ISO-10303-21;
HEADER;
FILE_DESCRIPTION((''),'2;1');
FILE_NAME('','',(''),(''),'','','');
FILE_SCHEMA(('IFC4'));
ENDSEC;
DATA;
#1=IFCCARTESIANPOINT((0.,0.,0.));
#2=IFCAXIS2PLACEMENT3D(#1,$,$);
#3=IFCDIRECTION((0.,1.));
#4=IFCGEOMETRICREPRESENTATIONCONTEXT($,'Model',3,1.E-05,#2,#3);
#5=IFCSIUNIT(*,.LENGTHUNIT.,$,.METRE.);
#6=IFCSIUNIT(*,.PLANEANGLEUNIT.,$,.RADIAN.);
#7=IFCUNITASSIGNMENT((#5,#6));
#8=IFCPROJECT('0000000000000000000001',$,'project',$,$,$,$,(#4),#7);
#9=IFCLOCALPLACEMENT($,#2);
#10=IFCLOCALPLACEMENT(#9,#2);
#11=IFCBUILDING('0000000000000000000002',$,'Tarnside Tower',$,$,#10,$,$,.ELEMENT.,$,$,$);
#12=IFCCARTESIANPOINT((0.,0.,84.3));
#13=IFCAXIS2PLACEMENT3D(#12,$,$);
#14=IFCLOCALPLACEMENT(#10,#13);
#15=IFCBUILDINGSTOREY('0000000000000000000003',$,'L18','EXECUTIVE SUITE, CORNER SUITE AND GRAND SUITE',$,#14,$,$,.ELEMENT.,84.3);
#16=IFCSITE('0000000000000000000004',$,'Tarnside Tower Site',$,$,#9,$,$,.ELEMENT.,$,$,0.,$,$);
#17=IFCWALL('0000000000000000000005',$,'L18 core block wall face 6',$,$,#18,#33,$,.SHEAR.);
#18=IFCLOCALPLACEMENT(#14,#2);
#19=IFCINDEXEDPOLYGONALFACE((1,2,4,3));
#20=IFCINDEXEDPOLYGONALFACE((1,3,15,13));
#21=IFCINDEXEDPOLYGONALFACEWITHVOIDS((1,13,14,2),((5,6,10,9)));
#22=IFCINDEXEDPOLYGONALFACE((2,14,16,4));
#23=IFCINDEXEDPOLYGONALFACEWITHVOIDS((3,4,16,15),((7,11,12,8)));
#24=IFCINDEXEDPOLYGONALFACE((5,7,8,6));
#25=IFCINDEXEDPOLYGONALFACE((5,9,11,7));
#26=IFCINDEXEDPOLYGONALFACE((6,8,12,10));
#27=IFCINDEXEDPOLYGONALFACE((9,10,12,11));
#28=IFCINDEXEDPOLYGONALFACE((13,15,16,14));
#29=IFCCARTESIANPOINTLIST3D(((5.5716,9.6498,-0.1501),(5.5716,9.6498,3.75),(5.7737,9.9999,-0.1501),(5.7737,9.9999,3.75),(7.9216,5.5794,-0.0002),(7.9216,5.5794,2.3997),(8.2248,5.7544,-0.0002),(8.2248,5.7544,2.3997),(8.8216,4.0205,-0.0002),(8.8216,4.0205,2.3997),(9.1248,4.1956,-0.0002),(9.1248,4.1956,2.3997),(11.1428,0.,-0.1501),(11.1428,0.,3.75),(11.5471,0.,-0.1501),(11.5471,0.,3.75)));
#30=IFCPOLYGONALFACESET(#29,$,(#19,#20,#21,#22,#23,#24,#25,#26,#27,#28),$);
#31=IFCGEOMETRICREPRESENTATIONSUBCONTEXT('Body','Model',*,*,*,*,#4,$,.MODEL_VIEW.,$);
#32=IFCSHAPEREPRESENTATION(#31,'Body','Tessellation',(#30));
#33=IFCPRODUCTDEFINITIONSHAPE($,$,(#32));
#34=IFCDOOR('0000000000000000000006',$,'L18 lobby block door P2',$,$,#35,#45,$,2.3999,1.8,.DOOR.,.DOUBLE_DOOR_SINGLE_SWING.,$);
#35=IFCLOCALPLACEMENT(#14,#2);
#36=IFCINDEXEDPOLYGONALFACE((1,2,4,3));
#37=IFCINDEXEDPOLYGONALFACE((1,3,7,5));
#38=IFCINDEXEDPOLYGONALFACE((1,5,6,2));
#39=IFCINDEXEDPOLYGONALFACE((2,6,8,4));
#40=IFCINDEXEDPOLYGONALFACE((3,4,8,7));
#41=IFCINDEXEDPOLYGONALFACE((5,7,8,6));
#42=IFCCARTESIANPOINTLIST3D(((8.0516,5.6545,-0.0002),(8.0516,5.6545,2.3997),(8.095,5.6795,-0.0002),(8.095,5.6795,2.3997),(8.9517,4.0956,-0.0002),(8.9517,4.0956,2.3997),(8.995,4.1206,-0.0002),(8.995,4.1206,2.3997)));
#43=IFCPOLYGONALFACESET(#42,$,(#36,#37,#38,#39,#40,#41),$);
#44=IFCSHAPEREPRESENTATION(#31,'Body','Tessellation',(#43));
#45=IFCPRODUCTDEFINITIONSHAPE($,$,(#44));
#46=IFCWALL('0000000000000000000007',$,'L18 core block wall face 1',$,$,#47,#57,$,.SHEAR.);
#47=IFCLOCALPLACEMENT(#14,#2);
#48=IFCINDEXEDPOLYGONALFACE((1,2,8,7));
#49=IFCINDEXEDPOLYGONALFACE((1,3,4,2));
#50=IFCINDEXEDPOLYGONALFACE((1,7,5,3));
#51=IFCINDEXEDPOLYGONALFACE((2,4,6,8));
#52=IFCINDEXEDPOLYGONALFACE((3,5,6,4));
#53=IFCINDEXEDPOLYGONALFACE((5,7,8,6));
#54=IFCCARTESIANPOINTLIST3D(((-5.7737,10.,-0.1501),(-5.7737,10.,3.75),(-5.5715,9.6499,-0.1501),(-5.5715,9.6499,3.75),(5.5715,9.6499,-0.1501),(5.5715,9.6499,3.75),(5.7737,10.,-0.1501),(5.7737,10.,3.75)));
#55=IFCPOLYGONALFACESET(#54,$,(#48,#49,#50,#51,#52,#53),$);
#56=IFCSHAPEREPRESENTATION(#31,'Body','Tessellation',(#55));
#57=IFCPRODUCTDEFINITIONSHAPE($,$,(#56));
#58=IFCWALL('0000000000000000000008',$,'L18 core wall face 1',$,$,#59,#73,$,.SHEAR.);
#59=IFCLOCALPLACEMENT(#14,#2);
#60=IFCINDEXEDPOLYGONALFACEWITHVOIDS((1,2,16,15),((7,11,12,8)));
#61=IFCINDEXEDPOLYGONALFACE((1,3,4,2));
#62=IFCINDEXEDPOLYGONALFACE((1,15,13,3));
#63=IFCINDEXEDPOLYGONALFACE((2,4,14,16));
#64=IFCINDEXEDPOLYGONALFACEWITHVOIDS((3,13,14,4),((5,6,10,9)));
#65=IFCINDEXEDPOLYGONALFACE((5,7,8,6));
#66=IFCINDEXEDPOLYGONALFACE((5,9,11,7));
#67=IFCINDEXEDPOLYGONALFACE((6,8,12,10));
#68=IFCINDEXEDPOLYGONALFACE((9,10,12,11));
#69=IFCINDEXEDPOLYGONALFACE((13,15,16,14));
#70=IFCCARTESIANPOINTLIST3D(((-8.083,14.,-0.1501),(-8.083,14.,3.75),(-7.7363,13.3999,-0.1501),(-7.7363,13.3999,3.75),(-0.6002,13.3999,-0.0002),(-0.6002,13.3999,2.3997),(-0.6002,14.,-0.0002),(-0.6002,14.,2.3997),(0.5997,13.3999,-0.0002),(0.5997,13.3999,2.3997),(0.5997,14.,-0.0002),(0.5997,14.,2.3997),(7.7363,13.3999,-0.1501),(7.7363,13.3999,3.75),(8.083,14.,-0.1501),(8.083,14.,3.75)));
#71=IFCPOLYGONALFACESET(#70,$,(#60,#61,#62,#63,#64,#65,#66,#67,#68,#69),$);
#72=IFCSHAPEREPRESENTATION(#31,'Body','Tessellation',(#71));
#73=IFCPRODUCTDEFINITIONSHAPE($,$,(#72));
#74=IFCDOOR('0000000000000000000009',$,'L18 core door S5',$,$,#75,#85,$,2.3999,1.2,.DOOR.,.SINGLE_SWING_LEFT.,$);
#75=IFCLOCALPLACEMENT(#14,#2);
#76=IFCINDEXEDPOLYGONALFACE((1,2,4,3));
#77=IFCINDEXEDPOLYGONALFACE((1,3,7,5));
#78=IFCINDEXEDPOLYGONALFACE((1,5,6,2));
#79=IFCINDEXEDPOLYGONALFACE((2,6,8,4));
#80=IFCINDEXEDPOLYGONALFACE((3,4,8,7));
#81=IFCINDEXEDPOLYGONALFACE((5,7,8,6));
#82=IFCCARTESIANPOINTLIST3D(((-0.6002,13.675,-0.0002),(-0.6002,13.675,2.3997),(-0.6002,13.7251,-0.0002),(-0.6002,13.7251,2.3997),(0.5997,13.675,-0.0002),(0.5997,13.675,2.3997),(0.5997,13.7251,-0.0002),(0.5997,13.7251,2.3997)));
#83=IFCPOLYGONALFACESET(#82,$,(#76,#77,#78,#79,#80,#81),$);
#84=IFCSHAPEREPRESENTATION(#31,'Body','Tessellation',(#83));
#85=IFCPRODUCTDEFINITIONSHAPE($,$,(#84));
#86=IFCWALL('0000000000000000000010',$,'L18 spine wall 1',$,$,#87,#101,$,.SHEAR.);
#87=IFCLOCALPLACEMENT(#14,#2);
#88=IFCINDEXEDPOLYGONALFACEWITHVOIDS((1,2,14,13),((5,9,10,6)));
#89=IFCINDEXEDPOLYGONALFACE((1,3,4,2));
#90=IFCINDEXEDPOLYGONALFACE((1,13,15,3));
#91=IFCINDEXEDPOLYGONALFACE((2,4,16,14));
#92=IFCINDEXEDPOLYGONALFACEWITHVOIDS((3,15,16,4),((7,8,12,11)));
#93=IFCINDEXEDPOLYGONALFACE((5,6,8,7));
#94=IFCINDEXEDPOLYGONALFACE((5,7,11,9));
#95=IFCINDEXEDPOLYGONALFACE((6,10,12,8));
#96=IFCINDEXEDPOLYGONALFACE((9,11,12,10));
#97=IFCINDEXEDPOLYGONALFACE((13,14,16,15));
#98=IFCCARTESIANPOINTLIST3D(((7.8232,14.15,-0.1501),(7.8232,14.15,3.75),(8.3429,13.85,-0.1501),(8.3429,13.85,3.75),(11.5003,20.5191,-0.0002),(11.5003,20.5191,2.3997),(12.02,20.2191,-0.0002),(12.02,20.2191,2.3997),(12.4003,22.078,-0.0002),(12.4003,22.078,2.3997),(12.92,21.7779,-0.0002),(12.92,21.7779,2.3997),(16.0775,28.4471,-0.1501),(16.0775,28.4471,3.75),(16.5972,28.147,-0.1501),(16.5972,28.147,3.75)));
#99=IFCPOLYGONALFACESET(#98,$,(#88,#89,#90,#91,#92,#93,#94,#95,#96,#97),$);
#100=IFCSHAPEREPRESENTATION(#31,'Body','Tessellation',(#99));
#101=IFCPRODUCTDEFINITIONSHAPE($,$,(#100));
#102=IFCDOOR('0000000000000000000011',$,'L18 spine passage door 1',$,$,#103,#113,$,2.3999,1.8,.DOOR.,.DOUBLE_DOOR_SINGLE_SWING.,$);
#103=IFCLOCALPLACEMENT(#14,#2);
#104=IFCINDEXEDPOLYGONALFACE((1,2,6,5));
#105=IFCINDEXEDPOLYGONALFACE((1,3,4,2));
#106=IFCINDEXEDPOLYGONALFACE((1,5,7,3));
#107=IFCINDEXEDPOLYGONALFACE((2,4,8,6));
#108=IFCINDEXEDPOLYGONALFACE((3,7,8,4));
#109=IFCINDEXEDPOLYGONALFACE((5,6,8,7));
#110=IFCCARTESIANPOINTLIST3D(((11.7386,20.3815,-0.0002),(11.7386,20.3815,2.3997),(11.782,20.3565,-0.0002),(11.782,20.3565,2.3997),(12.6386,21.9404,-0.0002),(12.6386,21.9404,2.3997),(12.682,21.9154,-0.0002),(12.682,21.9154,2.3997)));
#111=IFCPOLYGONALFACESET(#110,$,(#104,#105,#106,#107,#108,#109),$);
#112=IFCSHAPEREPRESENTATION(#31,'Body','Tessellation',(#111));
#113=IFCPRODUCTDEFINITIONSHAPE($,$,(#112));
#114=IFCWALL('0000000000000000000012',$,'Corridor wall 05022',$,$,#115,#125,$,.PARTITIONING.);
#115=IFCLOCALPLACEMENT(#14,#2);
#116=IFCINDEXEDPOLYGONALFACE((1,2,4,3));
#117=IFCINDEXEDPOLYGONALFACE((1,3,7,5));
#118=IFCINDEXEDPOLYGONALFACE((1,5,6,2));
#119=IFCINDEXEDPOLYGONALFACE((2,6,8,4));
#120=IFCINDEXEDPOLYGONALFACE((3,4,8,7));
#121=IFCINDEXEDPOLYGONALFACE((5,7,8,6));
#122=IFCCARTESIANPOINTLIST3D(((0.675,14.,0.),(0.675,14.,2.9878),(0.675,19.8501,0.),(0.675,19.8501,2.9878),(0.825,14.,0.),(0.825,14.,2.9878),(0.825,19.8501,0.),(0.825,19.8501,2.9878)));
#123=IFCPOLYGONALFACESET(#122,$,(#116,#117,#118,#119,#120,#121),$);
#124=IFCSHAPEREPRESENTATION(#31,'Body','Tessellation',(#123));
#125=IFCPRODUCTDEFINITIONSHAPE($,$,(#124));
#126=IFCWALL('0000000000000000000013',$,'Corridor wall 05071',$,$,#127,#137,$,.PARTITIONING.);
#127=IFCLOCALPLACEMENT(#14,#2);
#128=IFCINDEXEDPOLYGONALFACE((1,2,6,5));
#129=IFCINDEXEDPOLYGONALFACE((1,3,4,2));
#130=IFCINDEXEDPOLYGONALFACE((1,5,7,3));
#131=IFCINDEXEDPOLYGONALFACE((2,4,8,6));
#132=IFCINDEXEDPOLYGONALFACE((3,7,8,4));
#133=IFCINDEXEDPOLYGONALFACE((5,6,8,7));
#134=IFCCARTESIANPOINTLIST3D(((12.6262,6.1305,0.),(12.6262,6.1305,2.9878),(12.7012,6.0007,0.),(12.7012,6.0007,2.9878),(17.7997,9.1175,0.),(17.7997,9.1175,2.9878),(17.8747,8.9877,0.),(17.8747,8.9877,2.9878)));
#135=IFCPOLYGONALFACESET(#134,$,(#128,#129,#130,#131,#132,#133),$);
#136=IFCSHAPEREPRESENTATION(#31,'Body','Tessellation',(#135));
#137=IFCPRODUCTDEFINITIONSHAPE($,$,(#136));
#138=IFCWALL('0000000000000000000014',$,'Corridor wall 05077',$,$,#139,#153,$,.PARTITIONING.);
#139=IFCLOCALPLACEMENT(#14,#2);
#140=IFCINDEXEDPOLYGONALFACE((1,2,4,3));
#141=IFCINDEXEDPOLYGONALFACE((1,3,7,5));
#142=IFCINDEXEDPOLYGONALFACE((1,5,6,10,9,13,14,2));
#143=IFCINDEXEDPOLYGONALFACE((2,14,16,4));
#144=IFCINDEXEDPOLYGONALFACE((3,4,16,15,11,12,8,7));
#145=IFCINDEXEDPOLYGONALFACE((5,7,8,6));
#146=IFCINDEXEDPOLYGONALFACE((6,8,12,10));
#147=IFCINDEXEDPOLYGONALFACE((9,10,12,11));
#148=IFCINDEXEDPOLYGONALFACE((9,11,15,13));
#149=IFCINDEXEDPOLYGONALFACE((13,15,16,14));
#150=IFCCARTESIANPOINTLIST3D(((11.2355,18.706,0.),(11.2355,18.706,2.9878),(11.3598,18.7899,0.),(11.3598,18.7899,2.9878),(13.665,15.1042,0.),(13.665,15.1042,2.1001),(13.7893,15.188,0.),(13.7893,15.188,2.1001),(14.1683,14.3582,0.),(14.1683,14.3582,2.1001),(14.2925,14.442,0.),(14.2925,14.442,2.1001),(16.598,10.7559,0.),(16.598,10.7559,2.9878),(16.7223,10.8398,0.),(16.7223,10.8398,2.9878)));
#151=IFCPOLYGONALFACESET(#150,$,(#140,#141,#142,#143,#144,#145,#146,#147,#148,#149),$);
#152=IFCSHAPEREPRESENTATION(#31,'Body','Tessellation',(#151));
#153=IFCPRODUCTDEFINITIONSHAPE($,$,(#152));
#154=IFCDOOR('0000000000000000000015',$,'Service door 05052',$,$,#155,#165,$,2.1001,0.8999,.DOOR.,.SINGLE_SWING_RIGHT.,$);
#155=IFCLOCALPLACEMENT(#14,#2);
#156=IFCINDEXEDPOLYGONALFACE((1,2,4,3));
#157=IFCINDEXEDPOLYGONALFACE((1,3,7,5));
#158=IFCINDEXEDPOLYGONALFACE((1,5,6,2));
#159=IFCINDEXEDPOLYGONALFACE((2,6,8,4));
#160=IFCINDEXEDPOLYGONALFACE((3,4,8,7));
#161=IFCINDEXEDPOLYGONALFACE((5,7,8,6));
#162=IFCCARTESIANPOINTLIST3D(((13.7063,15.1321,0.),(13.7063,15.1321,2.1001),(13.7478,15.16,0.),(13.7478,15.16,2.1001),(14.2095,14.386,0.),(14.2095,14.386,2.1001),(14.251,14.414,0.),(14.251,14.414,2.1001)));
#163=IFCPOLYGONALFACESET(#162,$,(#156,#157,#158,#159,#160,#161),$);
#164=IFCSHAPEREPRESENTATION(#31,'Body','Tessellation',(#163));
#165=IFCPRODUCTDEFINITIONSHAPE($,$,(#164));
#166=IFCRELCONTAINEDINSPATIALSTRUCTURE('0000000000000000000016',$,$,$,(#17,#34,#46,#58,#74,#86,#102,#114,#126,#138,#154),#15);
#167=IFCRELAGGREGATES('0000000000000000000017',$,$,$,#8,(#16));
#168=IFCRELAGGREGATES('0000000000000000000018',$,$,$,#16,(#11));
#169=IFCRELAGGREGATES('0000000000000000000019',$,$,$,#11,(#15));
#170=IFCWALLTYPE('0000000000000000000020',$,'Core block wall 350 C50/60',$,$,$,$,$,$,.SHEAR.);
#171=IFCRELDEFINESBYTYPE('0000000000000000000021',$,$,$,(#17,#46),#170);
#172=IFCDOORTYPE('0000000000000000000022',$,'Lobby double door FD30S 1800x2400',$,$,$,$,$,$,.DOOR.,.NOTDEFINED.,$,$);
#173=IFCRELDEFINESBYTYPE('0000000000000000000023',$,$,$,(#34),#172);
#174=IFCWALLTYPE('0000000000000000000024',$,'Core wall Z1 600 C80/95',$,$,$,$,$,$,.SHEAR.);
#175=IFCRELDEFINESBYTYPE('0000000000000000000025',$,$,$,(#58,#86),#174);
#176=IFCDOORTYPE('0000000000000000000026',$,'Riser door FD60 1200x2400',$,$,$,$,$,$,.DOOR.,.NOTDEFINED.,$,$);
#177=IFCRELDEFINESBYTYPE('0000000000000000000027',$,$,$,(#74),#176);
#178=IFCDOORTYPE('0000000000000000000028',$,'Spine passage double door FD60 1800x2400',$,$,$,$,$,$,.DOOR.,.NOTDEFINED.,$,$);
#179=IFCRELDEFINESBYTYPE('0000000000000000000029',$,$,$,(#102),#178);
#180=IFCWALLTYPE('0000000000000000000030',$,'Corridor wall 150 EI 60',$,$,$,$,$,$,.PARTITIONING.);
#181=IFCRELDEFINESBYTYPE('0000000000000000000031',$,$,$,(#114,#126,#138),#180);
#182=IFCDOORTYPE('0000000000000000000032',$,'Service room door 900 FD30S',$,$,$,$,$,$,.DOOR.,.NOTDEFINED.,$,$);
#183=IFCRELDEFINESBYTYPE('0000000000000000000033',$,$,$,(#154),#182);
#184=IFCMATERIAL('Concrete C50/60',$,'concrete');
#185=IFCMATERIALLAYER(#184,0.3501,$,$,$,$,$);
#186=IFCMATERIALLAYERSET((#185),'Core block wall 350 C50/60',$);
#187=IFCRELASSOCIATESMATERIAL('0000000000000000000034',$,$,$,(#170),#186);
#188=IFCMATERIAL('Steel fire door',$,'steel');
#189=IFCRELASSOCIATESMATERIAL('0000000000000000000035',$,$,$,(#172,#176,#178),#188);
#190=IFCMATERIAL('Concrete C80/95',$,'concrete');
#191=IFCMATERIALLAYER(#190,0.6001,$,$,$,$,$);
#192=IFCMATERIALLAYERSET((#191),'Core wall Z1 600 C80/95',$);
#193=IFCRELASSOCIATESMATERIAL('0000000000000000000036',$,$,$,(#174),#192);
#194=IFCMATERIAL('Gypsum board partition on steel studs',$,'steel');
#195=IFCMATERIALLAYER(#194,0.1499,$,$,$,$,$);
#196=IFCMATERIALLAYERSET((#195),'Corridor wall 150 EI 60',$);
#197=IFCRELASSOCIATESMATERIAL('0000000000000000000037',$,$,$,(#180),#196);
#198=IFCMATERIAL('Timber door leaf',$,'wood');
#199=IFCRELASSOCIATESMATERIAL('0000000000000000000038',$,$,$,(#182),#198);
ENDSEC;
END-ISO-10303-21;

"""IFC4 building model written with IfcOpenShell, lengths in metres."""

from ifc_helpers import new_model, si_unit, direction, frame, frame_2d, origin, place, context, subcontext, project, spatial, polyline, rectangle, outline, extrude, material, layer, layer_set, type_object, element, fill, save


model = new_model("IFC4")

# Units and contexts
model_context = context("Model", 3, precision=1e-05, world=origin(), true_north=direction((0.0, 1.0)))
body_context = subcontext(model_context, "Body", "Model", "MODEL_VIEW")
ifc_project = project(units=[si_unit("LENGTHUNIT", "METRE"), si_unit("PLANEANGLEUNIT", "RADIAN")], contexts=[model_context])

# Site, building, storey
site_placement = place(None, origin())
site = spatial("IfcSite", under=ifc_project, at=site_placement, Name="Tarnside Tower Site", CompositionType="ELEMENT", RefElevation=0.0)
building_placement = place(site_placement, origin())
building = spatial("IfcBuilding", under=site, at=building_placement, Name="Tarnside Tower", CompositionType="ELEMENT")
storey_placement = place(building_placement, frame((0.0, 0.0, 84.3)))
storey = spatial("IfcBuildingStorey", under=building, at=storey_placement, Name="L18", Description="EXECUTIVE SUITE, CORNER SUITE AND GRAND SUITE", CompositionType="ELEMENT", Elevation=84.3)

# Wall, opening, door
ifc_material_1 = material(Name="Concrete C50/60", Category="concrete")
ifc_layer_1 = layer(ifc_material_1, 0.3501)
ifc_layer_set_1 = layer_set([ifc_layer_1], Name="Core block wall 350 C50/60")
wall_type_1 = type_object("IfcWallType", Name="Core block wall 350 C50/60", PredefinedType="SHEAR", material=ifc_layer_set_1)
wall_1_placement = place(storey_placement, frame((11.345, 0.0, -0.1501), z_axis=(0.0, 0.0, 1.0), x_axis=(-0.499995, 0.866028, 0.0)))
wall_1 = element("IfcWall", 1, at=wall_1_placement, inside=storey, type_object=wall_type_1, Name="L18 core block wall face 6", PredefinedType="SHEAR", context=body_context, shape_type="SweptSolid", body=[
    extrude(outline(polyline([(-0.1011, -0.175), (11.4458, -0.175), (11.2437, 0.175), (0.1011, 0.175), (-0.1011, -0.175)])), origin(), (0.0, 0.0, 1.0), 3.9001),
])
opening_1_placement = place(wall_1_placement, frame((4.7437, 0.0, 0.1499)))
opening_1 = element("IfcOpeningElement", 2, at=opening_1_placement, cuts=wall_1, PredefinedType="OPENING", context=body_context, shape_type="SweptSolid", body=[
    extrude(rectangle(XDim=1.8, YDim=2.3999, at=frame_2d((0.8999, 1.2))), frame((0.0, 0.1851, 0.0), z_axis=(0.0, -1.0, 0.0), x_axis=(1.0, 0.0, 0.0)), (0.0, 0.0, 1.0), 0.3701),
])
ifc_material_2 = material(Name="Steel fire door", Category="steel")
door_type_1 = type_object("IfcDoorType", Name="Lobby double door FD30S 1800x2400", OperationType="NOTDEFINED", PredefinedType="DOOR", material=ifc_material_2)
door_1_placement = place(opening_1_placement, origin())
door_1 = element("IfcDoor", 3, at=door_1_placement, inside=storey, type_object=door_type_1, Name="L18 lobby block door P2", OperationType="DOUBLE_DOOR_SINGLE_SWING", OverallHeight=2.3999, OverallWidth=1.8, PredefinedType="DOOR", context=body_context, shape_type="SweptSolid", body=[
    extrude(rectangle(XDim=1.8, YDim=2.3999, at=frame_2d((0.8999, 1.2))), frame((0.0, 0.0249, 0.0), z_axis=(0.0, -1.0, 0.0), x_axis=(1.0, 0.0, 0.0)), (0.0, 0.0, 1.0), 0.05),
])
fill(opening_1, door_1)

# Wall
wall_2_placement = place(storey_placement, frame((5.6726, 9.825, -0.1501), z_axis=(0.0, 0.0, 1.0), x_axis=(-1.0, 0.0, 0.0)))
element("IfcWall", 4, at=wall_2_placement, inside=storey, type_object=wall_type_1, Name="L18 core block wall face 1", PredefinedType="SHEAR", context=body_context, shape_type="SweptSolid", body=[
    extrude(outline(polyline([(-0.1011, -0.175), (11.4463, -0.175), (11.2441, 0.175), (0.1011, 0.175), (-0.1011, -0.175)])), origin(), (0.0, 0.0, 1.0), 3.9001),
])

# Walls, openings, doors
ifc_material_3 = material(Name="Concrete C80/95", Category="concrete")
ifc_layer_2 = layer(ifc_material_3, 0.6001)
ifc_layer_set_2 = layer_set([ifc_layer_2], Name="Core wall Z1 600 C80/95")
wall_type_2 = type_object("IfcWallType", Name="Core wall Z1 600 C80/95", PredefinedType="SHEAR", material=ifc_layer_set_2)
wall_3_placement = place(storey_placement, frame((7.9097, 13.7, -0.1501), z_axis=(0.0, 0.0, 1.0), x_axis=(-1.0, 0.0, 0.0)))
wall_3 = element("IfcWall", 5, at=wall_3_placement, inside=storey, type_object=wall_type_2, Name="L18 core wall face 1", PredefinedType="SHEAR", context=body_context, shape_type="SweptSolid", body=[
    extrude(outline(polyline([(-0.1733, -0.3), (15.9927, -0.3), (15.646, 0.3), (0.1733, 0.3), (-0.1733, -0.3)])), origin(), (0.0, 0.0, 1.0), 3.9001),
])
opening_2_placement = place(wall_3_placement, frame((7.3098, 0.0, 0.1499)))
opening_2 = element("IfcOpeningElement", 6, at=opening_2_placement, cuts=wall_3, PredefinedType="OPENING", context=body_context, shape_type="SweptSolid", body=[
    extrude(rectangle(XDim=1.2, YDim=2.3999, at=frame_2d((0.6001, 1.2))), frame((0.0, 0.3101, 0.0), z_axis=(0.0, -1.0, 0.0), x_axis=(1.0, 0.0, 0.0)), (0.0, 0.0, 1.0), 0.6201),
])
door_type_2 = type_object("IfcDoorType", Name="Riser door FD60 1200x2400", OperationType="NOTDEFINED", PredefinedType="DOOR", material=ifc_material_2)
door_2_placement = place(opening_2_placement, origin())
door_2 = element("IfcDoor", 7, at=door_2_placement, inside=storey, type_object=door_type_2, Name="L18 core door S5", OperationType="SINGLE_SWING_LEFT", OverallHeight=2.3999, OverallWidth=1.2, PredefinedType="DOOR", context=body_context, shape_type="SweptSolid", body=[
    extrude(rectangle(XDim=1.2, YDim=2.3999, at=frame_2d((0.6001, 1.2))), frame((0.0, 0.0249, 0.0), z_axis=(0.0, -1.0, 0.0), x_axis=(1.0, 0.0, 0.0)), (0.0, 0.0, 1.0), 0.05),
])
fill(opening_2, door_2)
wall_4_placement = place(storey_placement, frame((8.083, 14.0, -0.1501), z_axis=(0.0, 0.0, 1.0), x_axis=(0.499998, 0.866027, 0.0)))
wall_4 = element("IfcWall", 8, at=wall_4_placement, inside=storey, type_object=wall_type_2, Name="L18 spine wall 1", PredefinedType="SHEAR", context=body_context, shape_type="SweptSolid", body=[
    extrude(rectangle(XDim=16.5088, YDim=0.6001, at=frame_2d((8.2544, 0.0))), origin(), (0.0, 0.0, 1.0), 3.9001),
])
opening_3_placement = place(wall_4_placement, frame((7.3545, 0.0, 0.1499)))
opening_3 = element("IfcOpeningElement", 9, at=opening_3_placement, cuts=wall_4, PredefinedType="OPENING", context=body_context, shape_type="SweptSolid", body=[
    extrude(rectangle(XDim=1.8, YDim=2.3999, at=frame_2d((0.8999, 1.2))), frame((0.0, 0.3101, 0.0), z_axis=(0.0, -1.0, 0.0), x_axis=(1.0, 0.0, 0.0)), (0.0, 0.0, 1.0), 0.6201),
])
door_type_3 = type_object("IfcDoorType", Name="Spine passage double door FD60 1800x2400", OperationType="NOTDEFINED", PredefinedType="DOOR", material=ifc_material_2)
door_3_placement = place(opening_3_placement, origin())
door_3 = element("IfcDoor", 10, at=door_3_placement, inside=storey, type_object=door_type_3, Name="L18 spine passage door 1", OperationType="DOUBLE_DOOR_SINGLE_SWING", OverallHeight=2.3999, OverallWidth=1.8, PredefinedType="DOOR", context=body_context, shape_type="SweptSolid", body=[
    extrude(rectangle(XDim=1.8, YDim=2.3999, at=frame_2d((0.8999, 1.2))), frame((0.0, 0.0249, 0.0), z_axis=(0.0, -1.0, 0.0), x_axis=(1.0, 0.0, 0.0)), (0.0, 0.0, 1.0), 0.05),
])
fill(opening_3, door_3)

# Walls
ifc_material_4 = material(Name="Gypsum board partition on steel studs", Category="steel")
ifc_layer_3 = layer(ifc_material_4, 0.1499)
ifc_layer_set_3 = layer_set([ifc_layer_3], Name="Corridor wall 150 EI 60")
wall_type_3 = type_object("IfcWallType", Name="Corridor wall 150 EI 60", PredefinedType="PARTITIONING", material=ifc_layer_set_3)
wall_5_placement = place(storey_placement, frame((0.75, 14.0, 0.0), z_axis=(0.0, 0.0, 1.0), x_axis=(0.0, 1.0, 0.0)))
element("IfcWall", 11, at=wall_5_placement, inside=storey, type_object=wall_type_3, Name="Corridor wall 05022", PredefinedType="PARTITIONING", context=body_context, shape_type="SweptSolid", body=[
    extrude(rectangle(XDim=5.8501, YDim=0.1499, at=frame_2d((2.925, 0.0))), origin(), (0.0, 0.0, 1.0), 2.9878),
])
wall_6_placement = place(storey_placement, frame((12.6638, 6.0657, 0.0), z_axis=(0.0, 0.0, 1.0), x_axis=(0.866019, 0.500011, 0.0)))
element("IfcWall", 12, at=wall_6_placement, inside=storey, type_object=wall_type_3, Name="Corridor wall 05071", PredefinedType="PARTITIONING", context=body_context, shape_type="SweptSolid", body=[
    extrude(rectangle(XDim=5.9739, YDim=0.1499, at=frame_2d((2.9868, 0.0))), origin(), (0.0, 0.0, 1.0), 2.9878),
])

# Wall, opening, door
wall_7_placement = place(storey_placement, frame((11.2976, 18.748, 0.0), z_axis=(0.0, 0.0, 1.0), x_axis=(0.559198, -0.829034, 0.0)))
wall_7 = element("IfcWall", 13, at=wall_7_placement, inside=storey, type_object=wall_type_3, Name="Corridor wall 05077", PredefinedType="PARTITIONING", context=body_context, shape_type="SweptSolid", body=[
    extrude(rectangle(XDim=9.5896, YDim=0.1499, at=frame_2d((4.7949, 0.0))), origin(), (0.0, 0.0, 1.0), 2.9878),
])
opening_4_placement = place(wall_7_placement, frame((4.3447, 0.0, 0.0)))
opening_4 = element("IfcOpeningElement", 14, at=opening_4_placement, cuts=wall_7, PredefinedType="OPENING", context=body_context, shape_type="SweptSolid", body=[
    extrude(rectangle(XDim=0.8999, YDim=2.1001, at=frame_2d((0.45, 1.05))), frame((0.0, 0.085, 0.0), z_axis=(0.0, -1.0, 0.0), x_axis=(1.0, 0.0, 0.0)), (0.0, 0.0, 1.0), 0.1699),
])
ifc_material_5 = material(Name="Timber door leaf", Category="wood")
door_type_4 = type_object("IfcDoorType", Name="Service room door 900 FD30S", OperationType="NOTDEFINED", PredefinedType="DOOR", material=ifc_material_5)
door_4_placement = place(opening_4_placement, origin())
door_4 = element("IfcDoor", 15, at=door_4_placement, inside=storey, type_object=door_type_4, Name="Service door 05052", OperationType="SINGLE_SWING_RIGHT", OverallHeight=2.1001, OverallWidth=0.8999, PredefinedType="DOOR", context=body_context, shape_type="SweptSolid", body=[
    extrude(rectangle(XDim=0.8999, YDim=2.1001, at=frame_2d((0.45, 1.05))), frame((0.0, 0.0249, 0.0), z_axis=(0.0, -1.0, 0.0), x_axis=(1.0, 0.0, 0.0)), (0.0, 0.0, 1.0), 0.05),
])
fill(opening_4, door_4)

save(model, "model.ifc")
